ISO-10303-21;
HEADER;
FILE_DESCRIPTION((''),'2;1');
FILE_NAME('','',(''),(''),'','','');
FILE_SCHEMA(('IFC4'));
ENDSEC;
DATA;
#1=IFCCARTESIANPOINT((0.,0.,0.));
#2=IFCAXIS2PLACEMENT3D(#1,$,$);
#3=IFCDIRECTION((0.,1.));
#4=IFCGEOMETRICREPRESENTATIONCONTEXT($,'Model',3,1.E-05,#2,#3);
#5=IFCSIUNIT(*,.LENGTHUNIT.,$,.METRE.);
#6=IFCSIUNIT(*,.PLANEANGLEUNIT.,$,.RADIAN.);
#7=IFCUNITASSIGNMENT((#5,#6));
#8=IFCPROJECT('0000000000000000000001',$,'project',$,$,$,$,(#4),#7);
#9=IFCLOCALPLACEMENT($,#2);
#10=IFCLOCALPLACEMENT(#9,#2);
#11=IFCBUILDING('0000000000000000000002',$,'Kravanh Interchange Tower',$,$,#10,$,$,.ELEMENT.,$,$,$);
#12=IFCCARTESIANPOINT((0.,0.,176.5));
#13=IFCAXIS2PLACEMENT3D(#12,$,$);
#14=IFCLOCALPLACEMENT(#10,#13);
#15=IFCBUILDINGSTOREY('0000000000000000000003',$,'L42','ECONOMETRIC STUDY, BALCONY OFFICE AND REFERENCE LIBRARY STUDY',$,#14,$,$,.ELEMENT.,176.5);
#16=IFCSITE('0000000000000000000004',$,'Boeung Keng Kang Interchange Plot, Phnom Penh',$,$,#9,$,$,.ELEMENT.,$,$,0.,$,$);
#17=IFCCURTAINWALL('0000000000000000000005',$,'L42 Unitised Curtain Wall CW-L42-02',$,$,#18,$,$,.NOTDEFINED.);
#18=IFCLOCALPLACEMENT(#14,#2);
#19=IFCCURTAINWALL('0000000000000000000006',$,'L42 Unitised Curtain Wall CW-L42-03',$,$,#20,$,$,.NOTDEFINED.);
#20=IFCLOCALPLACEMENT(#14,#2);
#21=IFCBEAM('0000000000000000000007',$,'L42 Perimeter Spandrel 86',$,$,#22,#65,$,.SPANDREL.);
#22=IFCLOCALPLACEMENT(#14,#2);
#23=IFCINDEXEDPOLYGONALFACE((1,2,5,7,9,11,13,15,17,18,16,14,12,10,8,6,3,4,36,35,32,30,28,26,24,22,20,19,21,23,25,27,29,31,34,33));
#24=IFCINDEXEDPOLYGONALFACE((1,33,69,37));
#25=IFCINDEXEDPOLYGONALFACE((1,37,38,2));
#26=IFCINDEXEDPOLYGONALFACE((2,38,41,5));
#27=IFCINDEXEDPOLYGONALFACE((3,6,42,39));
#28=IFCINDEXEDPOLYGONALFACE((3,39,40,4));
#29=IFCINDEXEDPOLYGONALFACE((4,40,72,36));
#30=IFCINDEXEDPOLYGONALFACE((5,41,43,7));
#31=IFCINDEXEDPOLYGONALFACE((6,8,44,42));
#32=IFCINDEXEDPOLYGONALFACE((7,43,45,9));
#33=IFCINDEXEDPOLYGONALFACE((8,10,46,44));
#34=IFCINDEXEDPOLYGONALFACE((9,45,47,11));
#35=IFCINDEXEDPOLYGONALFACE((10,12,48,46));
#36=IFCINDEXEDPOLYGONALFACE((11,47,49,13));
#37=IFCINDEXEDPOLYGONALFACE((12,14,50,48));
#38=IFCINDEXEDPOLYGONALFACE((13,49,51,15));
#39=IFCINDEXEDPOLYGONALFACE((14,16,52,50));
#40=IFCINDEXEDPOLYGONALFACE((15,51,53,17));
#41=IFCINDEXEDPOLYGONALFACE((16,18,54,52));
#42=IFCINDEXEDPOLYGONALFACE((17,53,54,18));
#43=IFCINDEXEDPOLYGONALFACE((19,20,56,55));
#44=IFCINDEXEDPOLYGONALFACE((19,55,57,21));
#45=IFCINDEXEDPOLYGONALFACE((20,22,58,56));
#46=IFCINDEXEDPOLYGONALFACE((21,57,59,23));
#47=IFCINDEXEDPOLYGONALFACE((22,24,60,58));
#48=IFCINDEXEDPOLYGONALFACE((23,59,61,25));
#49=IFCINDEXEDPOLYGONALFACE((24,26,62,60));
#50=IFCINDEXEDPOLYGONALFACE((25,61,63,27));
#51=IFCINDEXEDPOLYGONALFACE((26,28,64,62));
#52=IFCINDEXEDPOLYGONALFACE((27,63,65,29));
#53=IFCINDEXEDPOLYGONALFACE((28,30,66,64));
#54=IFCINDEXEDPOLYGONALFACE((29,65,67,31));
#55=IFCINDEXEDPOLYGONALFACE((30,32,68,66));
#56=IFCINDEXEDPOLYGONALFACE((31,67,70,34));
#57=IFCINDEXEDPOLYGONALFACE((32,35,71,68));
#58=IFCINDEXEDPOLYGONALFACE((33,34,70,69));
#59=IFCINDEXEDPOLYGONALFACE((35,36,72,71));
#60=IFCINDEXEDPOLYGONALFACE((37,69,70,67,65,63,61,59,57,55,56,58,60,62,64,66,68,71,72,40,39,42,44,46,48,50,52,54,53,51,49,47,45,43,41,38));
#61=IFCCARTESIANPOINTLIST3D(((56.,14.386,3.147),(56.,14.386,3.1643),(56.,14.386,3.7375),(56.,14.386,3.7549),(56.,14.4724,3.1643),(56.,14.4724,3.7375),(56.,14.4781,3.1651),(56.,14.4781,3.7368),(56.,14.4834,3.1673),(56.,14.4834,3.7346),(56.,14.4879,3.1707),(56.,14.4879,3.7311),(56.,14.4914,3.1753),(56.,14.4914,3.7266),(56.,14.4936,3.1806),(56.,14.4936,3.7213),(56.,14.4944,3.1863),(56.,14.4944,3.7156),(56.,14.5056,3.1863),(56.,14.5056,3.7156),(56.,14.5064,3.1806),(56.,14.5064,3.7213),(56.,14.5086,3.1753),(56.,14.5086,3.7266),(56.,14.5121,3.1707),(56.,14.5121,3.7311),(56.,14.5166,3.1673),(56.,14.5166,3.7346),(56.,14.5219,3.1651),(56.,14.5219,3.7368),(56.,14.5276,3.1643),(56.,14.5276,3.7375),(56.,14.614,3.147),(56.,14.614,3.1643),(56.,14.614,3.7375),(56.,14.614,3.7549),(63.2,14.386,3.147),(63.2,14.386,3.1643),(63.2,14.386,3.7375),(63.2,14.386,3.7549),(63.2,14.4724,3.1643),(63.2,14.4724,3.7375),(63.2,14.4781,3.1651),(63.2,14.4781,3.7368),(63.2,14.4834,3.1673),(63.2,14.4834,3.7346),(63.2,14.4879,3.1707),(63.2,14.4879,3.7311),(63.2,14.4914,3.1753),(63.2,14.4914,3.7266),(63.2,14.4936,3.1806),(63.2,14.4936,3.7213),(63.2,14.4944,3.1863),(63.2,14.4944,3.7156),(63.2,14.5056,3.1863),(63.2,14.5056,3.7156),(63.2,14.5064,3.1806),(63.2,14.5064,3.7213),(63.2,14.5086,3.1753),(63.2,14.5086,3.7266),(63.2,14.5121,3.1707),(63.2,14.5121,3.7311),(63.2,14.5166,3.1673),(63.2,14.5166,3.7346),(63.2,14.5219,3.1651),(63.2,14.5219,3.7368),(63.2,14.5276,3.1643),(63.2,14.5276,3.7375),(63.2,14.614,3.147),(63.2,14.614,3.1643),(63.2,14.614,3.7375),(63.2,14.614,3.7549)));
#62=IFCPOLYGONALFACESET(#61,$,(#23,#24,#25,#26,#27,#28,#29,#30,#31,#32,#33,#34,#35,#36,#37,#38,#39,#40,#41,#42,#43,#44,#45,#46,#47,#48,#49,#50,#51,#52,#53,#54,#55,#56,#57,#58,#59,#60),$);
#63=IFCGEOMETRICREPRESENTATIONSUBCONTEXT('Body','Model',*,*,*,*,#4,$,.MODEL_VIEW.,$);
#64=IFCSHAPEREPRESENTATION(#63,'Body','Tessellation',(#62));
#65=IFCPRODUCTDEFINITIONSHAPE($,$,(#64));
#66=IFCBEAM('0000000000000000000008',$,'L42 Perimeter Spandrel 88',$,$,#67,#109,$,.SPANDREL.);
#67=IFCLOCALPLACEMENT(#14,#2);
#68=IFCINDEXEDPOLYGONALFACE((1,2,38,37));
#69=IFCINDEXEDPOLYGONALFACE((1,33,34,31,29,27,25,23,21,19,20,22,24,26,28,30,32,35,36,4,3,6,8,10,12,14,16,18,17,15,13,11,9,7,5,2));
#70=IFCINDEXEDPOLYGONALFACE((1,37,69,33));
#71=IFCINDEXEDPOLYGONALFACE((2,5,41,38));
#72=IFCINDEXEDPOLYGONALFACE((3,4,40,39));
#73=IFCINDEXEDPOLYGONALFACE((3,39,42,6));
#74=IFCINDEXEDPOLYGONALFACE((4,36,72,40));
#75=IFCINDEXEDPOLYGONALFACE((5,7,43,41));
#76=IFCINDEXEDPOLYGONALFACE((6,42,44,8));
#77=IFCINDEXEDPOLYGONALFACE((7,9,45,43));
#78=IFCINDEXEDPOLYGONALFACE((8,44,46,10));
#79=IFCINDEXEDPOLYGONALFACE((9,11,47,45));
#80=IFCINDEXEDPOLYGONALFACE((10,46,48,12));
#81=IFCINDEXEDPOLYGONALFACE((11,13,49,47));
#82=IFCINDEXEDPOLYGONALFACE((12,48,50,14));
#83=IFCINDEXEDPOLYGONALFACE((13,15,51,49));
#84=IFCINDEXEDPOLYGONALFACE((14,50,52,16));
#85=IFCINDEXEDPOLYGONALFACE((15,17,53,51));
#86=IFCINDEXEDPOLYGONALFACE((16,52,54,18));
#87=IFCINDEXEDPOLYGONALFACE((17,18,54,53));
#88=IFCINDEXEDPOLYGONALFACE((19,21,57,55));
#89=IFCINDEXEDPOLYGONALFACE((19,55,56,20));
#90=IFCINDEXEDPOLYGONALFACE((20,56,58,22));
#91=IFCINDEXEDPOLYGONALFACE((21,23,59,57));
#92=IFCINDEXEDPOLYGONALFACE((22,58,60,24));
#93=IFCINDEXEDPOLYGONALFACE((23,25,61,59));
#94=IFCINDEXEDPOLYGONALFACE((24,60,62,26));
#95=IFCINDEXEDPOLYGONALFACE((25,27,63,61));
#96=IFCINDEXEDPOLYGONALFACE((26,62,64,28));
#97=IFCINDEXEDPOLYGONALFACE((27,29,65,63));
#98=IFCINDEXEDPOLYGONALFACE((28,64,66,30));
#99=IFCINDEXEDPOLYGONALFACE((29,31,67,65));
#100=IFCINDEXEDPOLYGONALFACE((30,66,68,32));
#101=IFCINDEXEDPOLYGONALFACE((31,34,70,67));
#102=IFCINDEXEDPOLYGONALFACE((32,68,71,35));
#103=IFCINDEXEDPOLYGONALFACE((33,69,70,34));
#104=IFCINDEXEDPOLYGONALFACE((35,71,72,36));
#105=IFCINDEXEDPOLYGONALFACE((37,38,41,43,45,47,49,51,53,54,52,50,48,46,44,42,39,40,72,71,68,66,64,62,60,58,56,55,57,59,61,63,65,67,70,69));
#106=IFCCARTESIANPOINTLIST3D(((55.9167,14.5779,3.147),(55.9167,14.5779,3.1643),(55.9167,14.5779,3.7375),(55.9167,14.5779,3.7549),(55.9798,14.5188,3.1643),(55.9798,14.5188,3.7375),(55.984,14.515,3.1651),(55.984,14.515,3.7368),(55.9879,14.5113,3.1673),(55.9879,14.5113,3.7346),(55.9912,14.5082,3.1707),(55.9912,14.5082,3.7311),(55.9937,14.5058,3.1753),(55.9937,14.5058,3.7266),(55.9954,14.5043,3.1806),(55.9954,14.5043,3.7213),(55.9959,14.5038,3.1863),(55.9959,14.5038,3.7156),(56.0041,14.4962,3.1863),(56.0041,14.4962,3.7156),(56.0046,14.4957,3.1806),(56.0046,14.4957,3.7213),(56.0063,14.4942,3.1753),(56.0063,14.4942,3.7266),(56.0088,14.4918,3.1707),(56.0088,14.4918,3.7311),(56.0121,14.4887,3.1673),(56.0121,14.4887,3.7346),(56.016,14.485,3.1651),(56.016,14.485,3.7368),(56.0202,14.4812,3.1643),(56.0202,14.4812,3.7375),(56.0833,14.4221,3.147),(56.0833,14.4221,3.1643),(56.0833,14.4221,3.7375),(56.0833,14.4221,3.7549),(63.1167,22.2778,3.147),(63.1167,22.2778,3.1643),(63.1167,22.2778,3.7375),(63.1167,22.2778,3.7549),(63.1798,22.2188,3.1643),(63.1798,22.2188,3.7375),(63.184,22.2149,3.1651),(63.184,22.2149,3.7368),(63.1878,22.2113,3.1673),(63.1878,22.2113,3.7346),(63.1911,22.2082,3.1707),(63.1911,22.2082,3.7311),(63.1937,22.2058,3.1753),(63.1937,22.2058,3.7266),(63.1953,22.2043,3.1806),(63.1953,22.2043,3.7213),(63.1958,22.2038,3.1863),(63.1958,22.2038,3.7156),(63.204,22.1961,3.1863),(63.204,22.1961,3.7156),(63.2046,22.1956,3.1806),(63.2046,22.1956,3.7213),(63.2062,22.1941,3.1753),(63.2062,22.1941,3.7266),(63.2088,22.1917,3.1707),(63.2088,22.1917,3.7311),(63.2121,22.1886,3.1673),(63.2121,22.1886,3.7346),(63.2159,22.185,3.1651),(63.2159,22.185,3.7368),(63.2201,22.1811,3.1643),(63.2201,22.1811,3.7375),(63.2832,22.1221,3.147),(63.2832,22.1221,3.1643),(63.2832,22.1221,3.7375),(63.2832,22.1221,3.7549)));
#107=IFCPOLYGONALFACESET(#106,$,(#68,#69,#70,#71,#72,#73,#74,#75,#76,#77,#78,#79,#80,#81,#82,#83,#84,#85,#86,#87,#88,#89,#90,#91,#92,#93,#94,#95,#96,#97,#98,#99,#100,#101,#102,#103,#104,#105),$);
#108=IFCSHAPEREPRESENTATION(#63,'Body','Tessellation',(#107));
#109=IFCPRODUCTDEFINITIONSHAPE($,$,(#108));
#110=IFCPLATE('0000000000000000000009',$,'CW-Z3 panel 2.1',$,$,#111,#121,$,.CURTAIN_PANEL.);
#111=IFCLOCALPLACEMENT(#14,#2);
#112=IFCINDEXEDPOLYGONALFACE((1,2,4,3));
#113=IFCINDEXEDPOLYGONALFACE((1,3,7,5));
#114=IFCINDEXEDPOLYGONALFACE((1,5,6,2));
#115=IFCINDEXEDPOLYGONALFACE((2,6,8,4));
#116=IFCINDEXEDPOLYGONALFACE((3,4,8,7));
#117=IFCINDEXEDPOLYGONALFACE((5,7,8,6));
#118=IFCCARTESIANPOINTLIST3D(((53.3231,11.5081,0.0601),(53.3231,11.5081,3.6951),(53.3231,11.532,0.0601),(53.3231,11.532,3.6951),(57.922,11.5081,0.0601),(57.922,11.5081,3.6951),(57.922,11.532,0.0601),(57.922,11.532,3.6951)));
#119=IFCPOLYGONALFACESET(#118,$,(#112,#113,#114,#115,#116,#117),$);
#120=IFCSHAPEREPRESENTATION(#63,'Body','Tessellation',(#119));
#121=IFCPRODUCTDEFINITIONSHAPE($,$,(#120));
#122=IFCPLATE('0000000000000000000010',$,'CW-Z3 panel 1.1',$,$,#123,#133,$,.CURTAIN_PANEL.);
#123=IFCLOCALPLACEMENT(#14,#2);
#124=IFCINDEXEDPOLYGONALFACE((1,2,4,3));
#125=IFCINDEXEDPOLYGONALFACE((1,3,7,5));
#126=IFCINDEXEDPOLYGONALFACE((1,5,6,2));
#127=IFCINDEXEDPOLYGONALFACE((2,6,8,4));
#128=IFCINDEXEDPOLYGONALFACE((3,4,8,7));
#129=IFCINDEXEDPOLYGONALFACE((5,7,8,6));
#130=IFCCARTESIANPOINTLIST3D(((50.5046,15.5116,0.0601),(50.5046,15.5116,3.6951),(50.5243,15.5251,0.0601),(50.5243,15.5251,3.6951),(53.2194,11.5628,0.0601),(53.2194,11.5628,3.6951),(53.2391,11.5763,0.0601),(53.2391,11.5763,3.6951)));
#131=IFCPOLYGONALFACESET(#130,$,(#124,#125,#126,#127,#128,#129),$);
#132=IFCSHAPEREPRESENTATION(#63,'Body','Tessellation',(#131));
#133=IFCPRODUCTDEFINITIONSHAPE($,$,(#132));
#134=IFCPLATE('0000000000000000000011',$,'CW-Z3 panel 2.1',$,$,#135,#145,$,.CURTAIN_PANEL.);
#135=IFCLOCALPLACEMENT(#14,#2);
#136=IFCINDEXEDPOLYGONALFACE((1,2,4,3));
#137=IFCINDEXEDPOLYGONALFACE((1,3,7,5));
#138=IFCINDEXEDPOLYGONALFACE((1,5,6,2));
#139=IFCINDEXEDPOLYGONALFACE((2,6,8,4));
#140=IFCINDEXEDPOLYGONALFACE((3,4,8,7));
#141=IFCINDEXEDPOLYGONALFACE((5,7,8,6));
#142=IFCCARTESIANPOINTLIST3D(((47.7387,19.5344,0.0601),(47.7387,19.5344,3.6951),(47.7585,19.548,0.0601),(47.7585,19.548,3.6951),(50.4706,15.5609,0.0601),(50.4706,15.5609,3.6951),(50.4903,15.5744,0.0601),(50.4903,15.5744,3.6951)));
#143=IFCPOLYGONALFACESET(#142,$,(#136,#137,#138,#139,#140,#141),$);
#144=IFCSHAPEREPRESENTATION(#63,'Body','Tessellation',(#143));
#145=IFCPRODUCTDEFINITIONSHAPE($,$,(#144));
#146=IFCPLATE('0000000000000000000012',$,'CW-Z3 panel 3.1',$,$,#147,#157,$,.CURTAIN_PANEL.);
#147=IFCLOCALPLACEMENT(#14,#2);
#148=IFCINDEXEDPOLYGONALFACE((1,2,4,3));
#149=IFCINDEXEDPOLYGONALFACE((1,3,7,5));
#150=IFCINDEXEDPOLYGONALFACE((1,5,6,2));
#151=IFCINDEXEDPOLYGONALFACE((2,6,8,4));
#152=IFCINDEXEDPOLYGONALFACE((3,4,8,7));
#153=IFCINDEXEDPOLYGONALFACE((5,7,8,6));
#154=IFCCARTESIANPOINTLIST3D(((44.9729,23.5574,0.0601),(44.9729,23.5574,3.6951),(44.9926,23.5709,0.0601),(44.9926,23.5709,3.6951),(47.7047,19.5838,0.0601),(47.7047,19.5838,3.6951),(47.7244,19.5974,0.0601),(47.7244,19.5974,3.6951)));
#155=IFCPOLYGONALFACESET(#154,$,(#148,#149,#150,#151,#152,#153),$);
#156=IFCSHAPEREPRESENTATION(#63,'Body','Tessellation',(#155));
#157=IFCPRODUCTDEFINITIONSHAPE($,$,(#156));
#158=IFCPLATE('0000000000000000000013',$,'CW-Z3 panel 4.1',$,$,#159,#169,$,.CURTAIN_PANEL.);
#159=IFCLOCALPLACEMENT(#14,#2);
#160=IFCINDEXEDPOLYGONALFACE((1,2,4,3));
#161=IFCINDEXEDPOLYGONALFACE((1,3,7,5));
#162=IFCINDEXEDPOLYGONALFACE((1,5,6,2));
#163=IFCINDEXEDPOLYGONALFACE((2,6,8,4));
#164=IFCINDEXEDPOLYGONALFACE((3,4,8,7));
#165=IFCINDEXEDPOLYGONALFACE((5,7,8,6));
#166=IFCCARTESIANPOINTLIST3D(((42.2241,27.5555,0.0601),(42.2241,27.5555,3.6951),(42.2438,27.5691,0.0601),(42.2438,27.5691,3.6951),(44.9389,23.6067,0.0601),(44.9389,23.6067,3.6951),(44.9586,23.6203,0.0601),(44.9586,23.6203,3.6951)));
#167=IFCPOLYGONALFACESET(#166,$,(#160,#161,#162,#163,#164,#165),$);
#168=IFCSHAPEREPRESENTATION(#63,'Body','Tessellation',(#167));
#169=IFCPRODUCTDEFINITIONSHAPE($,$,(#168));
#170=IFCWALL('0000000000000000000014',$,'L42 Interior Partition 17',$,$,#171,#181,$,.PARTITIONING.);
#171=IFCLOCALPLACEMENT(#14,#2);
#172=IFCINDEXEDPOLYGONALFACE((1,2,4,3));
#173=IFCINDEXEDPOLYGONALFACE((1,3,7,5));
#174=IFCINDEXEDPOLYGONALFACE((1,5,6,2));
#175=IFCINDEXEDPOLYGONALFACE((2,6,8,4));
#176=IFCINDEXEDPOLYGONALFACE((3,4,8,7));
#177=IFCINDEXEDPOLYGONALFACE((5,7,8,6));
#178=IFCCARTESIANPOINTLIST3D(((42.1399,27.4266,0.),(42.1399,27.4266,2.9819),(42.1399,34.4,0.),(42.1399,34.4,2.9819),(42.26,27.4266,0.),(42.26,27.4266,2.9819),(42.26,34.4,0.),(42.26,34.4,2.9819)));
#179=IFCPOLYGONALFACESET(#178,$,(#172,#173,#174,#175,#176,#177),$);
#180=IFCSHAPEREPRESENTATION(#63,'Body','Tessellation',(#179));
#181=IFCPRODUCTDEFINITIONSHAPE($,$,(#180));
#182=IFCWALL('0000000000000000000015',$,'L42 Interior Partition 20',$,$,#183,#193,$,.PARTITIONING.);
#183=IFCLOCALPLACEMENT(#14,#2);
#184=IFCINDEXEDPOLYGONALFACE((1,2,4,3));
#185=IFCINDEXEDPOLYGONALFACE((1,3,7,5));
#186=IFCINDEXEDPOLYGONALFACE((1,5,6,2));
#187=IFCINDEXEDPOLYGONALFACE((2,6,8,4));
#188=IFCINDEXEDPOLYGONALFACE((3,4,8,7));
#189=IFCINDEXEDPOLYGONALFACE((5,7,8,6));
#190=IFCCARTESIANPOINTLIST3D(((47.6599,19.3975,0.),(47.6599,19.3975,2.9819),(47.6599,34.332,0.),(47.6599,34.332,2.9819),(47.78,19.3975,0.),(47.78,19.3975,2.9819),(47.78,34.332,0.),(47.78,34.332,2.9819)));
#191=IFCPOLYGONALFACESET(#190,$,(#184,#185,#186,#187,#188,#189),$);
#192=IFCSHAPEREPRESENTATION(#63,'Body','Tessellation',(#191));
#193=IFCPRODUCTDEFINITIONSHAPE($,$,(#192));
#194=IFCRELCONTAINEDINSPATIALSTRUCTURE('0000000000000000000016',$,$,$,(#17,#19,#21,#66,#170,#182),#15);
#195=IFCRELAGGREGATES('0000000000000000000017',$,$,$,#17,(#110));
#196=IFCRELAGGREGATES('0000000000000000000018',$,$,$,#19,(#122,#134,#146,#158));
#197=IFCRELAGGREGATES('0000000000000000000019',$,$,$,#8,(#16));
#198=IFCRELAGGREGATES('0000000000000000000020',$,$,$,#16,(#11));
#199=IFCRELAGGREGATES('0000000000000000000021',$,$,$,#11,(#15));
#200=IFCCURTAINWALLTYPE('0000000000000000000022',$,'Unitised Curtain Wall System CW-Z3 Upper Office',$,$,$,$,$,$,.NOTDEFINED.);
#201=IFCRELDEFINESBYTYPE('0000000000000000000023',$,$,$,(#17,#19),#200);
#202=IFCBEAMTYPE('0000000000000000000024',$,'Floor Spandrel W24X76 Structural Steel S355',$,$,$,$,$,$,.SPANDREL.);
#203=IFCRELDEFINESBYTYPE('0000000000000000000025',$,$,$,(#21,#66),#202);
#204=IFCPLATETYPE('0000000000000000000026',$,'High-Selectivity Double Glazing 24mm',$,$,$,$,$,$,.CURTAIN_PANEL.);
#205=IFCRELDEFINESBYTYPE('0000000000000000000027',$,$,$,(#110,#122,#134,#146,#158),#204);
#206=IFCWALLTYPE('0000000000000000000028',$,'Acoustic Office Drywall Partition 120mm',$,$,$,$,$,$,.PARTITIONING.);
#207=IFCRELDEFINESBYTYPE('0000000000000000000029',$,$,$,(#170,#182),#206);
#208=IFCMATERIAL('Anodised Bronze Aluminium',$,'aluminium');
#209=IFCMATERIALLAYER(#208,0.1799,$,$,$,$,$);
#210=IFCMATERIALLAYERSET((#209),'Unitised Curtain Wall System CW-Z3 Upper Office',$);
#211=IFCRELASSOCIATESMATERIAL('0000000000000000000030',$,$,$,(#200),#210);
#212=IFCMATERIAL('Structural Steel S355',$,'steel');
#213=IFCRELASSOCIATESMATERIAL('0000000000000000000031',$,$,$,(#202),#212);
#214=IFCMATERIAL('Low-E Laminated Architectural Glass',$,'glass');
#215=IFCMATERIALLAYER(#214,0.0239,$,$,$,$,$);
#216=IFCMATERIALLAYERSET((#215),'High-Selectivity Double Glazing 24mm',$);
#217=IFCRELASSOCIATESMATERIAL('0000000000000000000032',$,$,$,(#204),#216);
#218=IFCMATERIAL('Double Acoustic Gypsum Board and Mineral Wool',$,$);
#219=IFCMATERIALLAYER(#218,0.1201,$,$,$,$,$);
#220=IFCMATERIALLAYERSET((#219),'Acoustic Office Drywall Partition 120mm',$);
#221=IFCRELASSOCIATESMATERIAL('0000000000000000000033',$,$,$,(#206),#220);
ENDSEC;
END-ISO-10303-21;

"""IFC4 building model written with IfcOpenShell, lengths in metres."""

from ifc_helpers import new_model, si_unit, direction, frame, frame_2d, origin, origin_2d, place, context, subcontext, project, spatial, rectangle, i_section, extrude, material, layer, layer_set, material_profile, profile_set, type_object, element, aggregate, save


model = new_model("IFC4")

# Units and contexts
model_context = context("Model", 3, precision=1e-05, world=origin(), true_north=direction((0.0, 1.0)))
body_context = subcontext(model_context, "Body", "Model", "MODEL_VIEW")
ifc_project = project(units=[si_unit("LENGTHUNIT", "METRE"), si_unit("PLANEANGLEUNIT", "RADIAN")], contexts=[model_context])

# Site, building, storey
site_placement = place(None, origin())
site = spatial("IfcSite", under=ifc_project, at=site_placement, Name="Boeung Keng Kang Interchange Plot, Phnom Penh", CompositionType="ELEMENT", RefElevation=0.0)
building_placement = place(site_placement, origin())
building = spatial("IfcBuilding", under=site, at=building_placement, Name="Kravanh Interchange Tower", CompositionType="ELEMENT")
storey_placement = place(building_placement, frame((0.0, 0.0, 176.5)))
storey = spatial("IfcBuildingStorey", under=building, at=storey_placement, Name="L42", Description="ECONOMETRIC STUDY, BALCONY OFFICE AND REFERENCE LIBRARY STUDY", CompositionType="ELEMENT", Elevation=176.5)

# Curtain wall
ifc_material_1 = material(Name="Anodised Bronze Aluminium", Category="aluminium")
ifc_layer_1 = layer(ifc_material_1, 0.1799)
ifc_layer_set_1 = layer_set([ifc_layer_1], Name="Unitised Curtain Wall System CW-Z3 Upper Office")
curtain_wall_type = type_object("IfcCurtainWallType", Name="Unitised Curtain Wall System CW-Z3 Upper Office", PredefinedType="NOTDEFINED", material=ifc_layer_set_1)
curtain_wall_1_placement = place(storey_placement, origin())
curtain_wall_1 = element("IfcCurtainWall", 1, at=curtain_wall_1_placement, inside=storey, type_object=curtain_wall_type, Name="L42 Unitised Curtain Wall CW-L42-02", PredefinedType="NOTDEFINED")

# Curtain wall
curtain_wall_2_placement = place(storey_placement, origin())
curtain_wall_2 = element("IfcCurtainWall", 2, at=curtain_wall_2_placement, inside=storey, type_object=curtain_wall_type, Name="L42 Unitised Curtain Wall CW-L42-03", PredefinedType="NOTDEFINED")

# Beams
ifc_material_2 = material(Name="Structural Steel S355", Category="steel")
ifc_material_profile_1 = material_profile(ifc_material_2, i_section(OverallWidth=0.228, OverallDepth=0.6079, WebThickness=0.0112, FlangeThickness=0.0173, FilletRadius=0.022, at=origin_2d()), Name="W24X76")
ifc_profile_set_1 = profile_set([ifc_material_profile_1], Name="Structural Steel S355")
beam_type_1 = type_object("IfcBeamType", Name="Floor Spandrel W24X76 Structural Steel S355", PredefinedType="SPANDREL", material=ifc_profile_set_1)
beam_1_placement = place(storey_placement, frame((56.0, 14.5, 3.4509), z_axis=(1.0, 0.0, 0.0), x_axis=(0.0, 1.0, 0.0)))
element("IfcBeam", 3, at=beam_1_placement, inside=storey, type_object=beam_type_1, Name="L42 Perimeter Spandrel 86", PredefinedType="SPANDREL", context=body_context, shape_type="SweptSolid", body=[
    extrude(i_section(OverallWidth=0.228, OverallDepth=0.6079, WebThickness=0.0112, FlangeThickness=0.0173, FilletRadius=0.022, at=origin_2d()), origin(), (0.0, 0.0, 1.0), 7.2),
])
beam_2_placement = place(storey_placement, frame((56.0, 14.5, 3.4509), z_axis=(0.682994, 0.730424, 0.0), x_axis=(-0.730424, 0.682994, 0.0)))
element("IfcBeam", 4, at=beam_2_placement, inside=storey, type_object=beam_type_1, Name="L42 Perimeter Spandrel 88", PredefinedType="SPANDREL", context=body_context, shape_type="SweptSolid", body=[
    extrude(i_section(OverallWidth=0.228, OverallDepth=0.6079, WebThickness=0.0112, FlangeThickness=0.0173, FilletRadius=0.022, at=origin_2d()), origin(), (0.0, 0.0, 1.0), 10.5417),
])

# Plates
ifc_material_3 = material(Name="Low-E Laminated Architectural Glass", Category="glass")
ifc_layer_2 = layer(ifc_material_3, 0.0239)
ifc_layer_set_2 = layer_set([ifc_layer_2], Name="High-Selectivity Double Glazing 24mm")
plate_type = type_object("IfcPlateType", Name="High-Selectivity Double Glazing 24mm", PredefinedType="CURTAIN_PANEL", material=ifc_layer_set_2)
plate_1_placement = place(storey_placement, frame((55.6226, 11.52, 0.0601), z_axis=(0.0, 0.0, 1.0), x_axis=(-1.0, 0.0, 0.0)))
plate_1 = element("IfcPlate", 5, at=plate_1_placement, type_object=plate_type, Name="CW-Z3 panel 2.1", PredefinedType="CURTAIN_PANEL", context=body_context, shape_type="SweptSolid", body=[
    extrude(rectangle(XDim=4.5989, YDim=0.0239, at=origin_2d()), origin(), (0.0, 0.0, 1.0), 3.635),
])
aggregate(curtain_wall_1, [plate_1])
plate_2_placement = place(storey_placement, frame((51.8718, 13.5439, 0.0601), z_axis=(0.0, 0.0, 1.0), x_axis=(-0.566528, 0.824042, 0.0)))
plate_2 = element("IfcPlate", 6, at=plate_2_placement, type_object=plate_type, Name="CW-Z3 panel 1.1", PredefinedType="CURTAIN_PANEL", context=body_context, shape_type="SweptSolid", body=[
    extrude(rectangle(XDim=4.792, YDim=0.0239, at=origin_2d()), origin(), (0.0, 0.0, 1.0), 3.635),
])
plate_3_placement = place(storey_placement, frame((49.1145, 17.5544, 0.0601), z_axis=(0.0, 0.0, 1.0), x_axis=(-0.566528, 0.824042, 0.0)))
plate_3 = element("IfcPlate", 7, at=plate_3_placement, type_object=plate_type, Name="CW-Z3 panel 2.1", PredefinedType="CURTAIN_PANEL", context=body_context, shape_type="SweptSolid", body=[
    extrude(rectangle(XDim=4.822, YDim=0.0239, at=origin_2d()), origin(), (0.0, 0.0, 1.0), 3.635),
])
plate_4_placement = place(storey_placement, frame((46.3486, 21.5774, 0.0601), z_axis=(0.0, 0.0, 1.0), x_axis=(-0.566528, 0.824042, 0.0)))
plate_4 = element("IfcPlate", 8, at=plate_4_placement, type_object=plate_type, Name="CW-Z3 panel 3.1", PredefinedType="CURTAIN_PANEL", context=body_context, shape_type="SweptSolid", body=[
    extrude(rectangle(XDim=4.822, YDim=0.0239, at=origin_2d()), origin(), (0.0, 0.0, 1.0), 3.635),
])
plate_5_placement = place(storey_placement, frame((43.5913, 25.5879, 0.0601), z_axis=(0.0, 0.0, 1.0), x_axis=(-0.566528, 0.824042, 0.0)))
plate_5 = element("IfcPlate", 9, at=plate_5_placement, type_object=plate_type, Name="CW-Z3 panel 4.1", PredefinedType="CURTAIN_PANEL", context=body_context, shape_type="SweptSolid", body=[
    extrude(rectangle(XDim=4.792, YDim=0.0239, at=origin_2d()), origin(), (0.0, 0.0, 1.0), 3.635),
])
aggregate(curtain_wall_2, [plate_2, plate_3, plate_4, plate_5])

# Walls
ifc_material_4 = material(Name="Double Acoustic Gypsum Board and Mineral Wool")
ifc_layer_3 = layer(ifc_material_4, 0.1201)
ifc_layer_set_3 = layer_set([ifc_layer_3], Name="Acoustic Office Drywall Partition 120mm")
wall_type = type_object("IfcWallType", Name="Acoustic Office Drywall Partition 120mm", PredefinedType="PARTITIONING", material=ifc_layer_set_3)
wall_1_placement = place(storey_placement, frame((42.2, 27.4265, 0.0), z_axis=(0.0, 0.0, 1.0), x_axis=(0.0, 1.0, 0.0)))
element("IfcWall", 10, at=wall_1_placement, inside=storey, type_object=wall_type, Name="L42 Interior Partition 17", PredefinedType="PARTITIONING", context=body_context, shape_type="SweptSolid", body=[
    extrude(rectangle(XDim=6.9734, YDim=0.1201, at=frame_2d((3.4868, 0.0))), origin(), (0.0, 0.0, 1.0), 2.9819),
])
wall_2_placement = place(storey_placement, frame((47.72, 19.3975, 0.0), z_axis=(0.0, 0.0, 1.0), x_axis=(0.0, 1.0, 0.0)))
element("IfcWall", 11, at=wall_2_placement, inside=storey, type_object=wall_type, Name="L42 Interior Partition 20", PredefinedType="PARTITIONING", context=body_context, shape_type="SweptSolid", body=[
    extrude(rectangle(XDim=14.9346, YDim=0.1201, at=frame_2d((7.4673, 0.0))), origin(), (0.0, 0.0, 1.0), 2.9819),
])

save(model, "model.ifc")
